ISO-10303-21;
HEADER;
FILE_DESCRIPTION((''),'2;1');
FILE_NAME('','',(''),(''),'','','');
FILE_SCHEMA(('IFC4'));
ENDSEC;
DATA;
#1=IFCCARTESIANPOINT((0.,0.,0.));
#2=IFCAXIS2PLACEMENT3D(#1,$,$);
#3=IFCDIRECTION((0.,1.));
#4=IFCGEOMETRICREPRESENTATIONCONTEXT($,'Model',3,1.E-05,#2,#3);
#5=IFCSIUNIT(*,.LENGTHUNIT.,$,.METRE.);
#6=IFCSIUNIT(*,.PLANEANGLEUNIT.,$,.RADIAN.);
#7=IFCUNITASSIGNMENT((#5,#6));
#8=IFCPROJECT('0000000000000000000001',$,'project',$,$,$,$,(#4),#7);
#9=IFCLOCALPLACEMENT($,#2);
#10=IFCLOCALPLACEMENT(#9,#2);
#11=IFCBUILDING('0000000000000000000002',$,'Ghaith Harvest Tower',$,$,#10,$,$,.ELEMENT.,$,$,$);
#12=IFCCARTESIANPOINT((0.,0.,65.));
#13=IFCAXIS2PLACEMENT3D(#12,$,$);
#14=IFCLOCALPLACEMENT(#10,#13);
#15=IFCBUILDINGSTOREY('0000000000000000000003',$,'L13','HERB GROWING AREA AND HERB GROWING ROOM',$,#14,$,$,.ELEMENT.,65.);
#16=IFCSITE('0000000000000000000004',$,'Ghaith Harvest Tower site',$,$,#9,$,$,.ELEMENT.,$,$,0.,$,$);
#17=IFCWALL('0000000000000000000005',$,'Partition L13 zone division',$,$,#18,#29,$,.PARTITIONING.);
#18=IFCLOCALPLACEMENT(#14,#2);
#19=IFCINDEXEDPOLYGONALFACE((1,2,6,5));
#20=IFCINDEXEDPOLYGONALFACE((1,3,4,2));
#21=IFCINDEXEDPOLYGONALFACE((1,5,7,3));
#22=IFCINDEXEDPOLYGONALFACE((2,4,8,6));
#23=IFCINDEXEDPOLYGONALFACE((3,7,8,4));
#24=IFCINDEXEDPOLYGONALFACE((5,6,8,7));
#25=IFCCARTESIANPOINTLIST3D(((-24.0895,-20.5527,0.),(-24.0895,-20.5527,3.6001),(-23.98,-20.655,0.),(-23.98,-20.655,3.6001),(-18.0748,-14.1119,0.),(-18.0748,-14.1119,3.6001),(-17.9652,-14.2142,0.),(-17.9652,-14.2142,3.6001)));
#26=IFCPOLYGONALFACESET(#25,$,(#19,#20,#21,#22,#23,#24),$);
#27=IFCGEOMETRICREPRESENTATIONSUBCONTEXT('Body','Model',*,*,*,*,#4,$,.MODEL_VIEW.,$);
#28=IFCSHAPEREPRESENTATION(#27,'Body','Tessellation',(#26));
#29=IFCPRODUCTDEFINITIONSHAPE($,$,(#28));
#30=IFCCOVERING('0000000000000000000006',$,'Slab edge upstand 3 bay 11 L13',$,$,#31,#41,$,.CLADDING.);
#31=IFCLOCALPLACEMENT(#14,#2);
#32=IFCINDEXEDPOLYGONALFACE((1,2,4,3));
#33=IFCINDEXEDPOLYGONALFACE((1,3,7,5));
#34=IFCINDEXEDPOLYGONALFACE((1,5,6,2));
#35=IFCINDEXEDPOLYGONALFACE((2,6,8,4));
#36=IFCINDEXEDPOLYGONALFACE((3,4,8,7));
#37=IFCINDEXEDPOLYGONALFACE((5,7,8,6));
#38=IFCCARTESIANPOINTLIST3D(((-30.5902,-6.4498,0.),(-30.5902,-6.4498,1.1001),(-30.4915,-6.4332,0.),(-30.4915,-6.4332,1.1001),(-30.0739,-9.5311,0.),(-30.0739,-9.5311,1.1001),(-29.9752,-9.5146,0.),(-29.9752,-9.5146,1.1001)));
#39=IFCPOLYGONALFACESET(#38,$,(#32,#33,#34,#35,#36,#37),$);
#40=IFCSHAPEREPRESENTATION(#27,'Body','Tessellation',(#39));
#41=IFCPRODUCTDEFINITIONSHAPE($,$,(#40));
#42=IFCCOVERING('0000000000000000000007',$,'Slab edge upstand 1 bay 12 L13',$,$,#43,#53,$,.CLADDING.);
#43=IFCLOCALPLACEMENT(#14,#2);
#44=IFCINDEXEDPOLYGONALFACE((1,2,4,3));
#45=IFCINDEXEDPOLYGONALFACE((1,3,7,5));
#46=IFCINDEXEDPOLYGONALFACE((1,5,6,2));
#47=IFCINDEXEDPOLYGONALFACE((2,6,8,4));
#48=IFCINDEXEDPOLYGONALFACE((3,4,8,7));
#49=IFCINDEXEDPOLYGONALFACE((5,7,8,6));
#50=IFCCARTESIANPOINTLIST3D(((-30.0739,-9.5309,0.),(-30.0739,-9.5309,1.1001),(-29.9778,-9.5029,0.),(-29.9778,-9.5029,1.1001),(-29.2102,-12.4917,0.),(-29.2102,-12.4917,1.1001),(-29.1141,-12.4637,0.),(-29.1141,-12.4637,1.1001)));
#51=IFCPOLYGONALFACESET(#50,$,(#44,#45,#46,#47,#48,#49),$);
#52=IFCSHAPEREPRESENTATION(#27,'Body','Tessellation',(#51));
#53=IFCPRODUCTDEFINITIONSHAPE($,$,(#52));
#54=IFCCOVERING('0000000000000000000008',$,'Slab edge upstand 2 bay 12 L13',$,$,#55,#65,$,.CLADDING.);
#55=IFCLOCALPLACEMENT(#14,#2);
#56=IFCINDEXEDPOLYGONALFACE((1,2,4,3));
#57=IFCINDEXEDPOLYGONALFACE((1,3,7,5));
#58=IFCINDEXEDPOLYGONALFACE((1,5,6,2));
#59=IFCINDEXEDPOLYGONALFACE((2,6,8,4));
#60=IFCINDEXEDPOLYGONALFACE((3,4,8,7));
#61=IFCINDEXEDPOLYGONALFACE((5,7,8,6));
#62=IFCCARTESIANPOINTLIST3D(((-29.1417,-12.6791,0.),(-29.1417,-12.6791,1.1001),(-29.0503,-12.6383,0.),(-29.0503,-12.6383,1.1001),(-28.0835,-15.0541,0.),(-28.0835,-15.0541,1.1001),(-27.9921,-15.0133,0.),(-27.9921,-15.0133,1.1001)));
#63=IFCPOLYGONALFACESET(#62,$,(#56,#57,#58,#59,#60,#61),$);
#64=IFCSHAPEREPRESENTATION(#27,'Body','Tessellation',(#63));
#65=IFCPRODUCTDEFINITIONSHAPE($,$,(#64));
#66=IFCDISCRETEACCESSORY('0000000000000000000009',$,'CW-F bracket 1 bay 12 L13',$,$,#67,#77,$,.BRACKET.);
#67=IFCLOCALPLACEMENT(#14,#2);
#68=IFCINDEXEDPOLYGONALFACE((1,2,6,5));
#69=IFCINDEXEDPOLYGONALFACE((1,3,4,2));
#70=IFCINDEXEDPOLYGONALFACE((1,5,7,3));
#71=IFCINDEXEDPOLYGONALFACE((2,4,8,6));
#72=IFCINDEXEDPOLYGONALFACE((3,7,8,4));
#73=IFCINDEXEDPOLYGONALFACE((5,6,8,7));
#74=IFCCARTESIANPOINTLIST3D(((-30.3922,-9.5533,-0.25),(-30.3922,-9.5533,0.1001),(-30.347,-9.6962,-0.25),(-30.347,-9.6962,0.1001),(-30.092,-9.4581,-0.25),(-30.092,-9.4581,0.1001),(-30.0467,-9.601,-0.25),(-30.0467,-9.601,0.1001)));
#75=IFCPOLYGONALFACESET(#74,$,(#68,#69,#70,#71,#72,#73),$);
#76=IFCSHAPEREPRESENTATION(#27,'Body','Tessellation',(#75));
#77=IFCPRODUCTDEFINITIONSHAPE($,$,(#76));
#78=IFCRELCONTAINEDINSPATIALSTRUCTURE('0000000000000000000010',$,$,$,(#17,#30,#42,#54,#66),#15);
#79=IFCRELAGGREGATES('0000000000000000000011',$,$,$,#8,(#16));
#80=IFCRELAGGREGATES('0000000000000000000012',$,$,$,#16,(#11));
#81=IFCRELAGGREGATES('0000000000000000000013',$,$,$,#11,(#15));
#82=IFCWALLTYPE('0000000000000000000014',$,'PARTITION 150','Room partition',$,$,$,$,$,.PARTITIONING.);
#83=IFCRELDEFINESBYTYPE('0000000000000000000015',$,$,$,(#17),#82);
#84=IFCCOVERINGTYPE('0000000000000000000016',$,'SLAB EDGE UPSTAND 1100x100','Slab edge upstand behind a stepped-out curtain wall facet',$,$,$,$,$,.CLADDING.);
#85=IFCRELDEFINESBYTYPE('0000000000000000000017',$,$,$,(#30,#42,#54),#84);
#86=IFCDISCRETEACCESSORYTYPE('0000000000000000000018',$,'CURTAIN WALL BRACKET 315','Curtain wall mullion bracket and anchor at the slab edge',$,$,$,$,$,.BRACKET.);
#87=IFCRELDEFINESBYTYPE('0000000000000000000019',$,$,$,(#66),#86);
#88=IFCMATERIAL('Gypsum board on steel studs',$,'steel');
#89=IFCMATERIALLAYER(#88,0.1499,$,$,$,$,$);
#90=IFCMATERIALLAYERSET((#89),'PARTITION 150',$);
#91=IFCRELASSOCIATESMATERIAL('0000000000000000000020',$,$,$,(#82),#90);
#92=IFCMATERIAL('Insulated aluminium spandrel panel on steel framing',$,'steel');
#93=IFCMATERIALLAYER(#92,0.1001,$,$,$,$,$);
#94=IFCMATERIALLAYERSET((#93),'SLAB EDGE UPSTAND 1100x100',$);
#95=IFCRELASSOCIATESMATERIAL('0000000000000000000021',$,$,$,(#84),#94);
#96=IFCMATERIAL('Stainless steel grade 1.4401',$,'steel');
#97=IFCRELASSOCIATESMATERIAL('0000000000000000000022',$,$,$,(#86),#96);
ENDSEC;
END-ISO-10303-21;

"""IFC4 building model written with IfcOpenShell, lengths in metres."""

from ifc_helpers import new_model, si_unit, direction, frame, frame_2d, origin, origin_2d, place, context, subcontext, project, spatial, rectangle, extrude, material, layer, layer_set, type_object, element, save


model = new_model("IFC4")

# Units and contexts
model_context = context("Model", 3, precision=1e-05, world=origin(), true_north=direction((0.0, 1.0)))
body_context = subcontext(model_context, "Body", "Model", "MODEL_VIEW")
ifc_project = project(units=[si_unit("LENGTHUNIT", "METRE"), si_unit("PLANEANGLEUNIT", "RADIAN")], contexts=[model_context])

# Site, building, storey
site_placement = place(None, origin())
site = spatial("IfcSite", under=ifc_project, at=site_placement, Name="Ghaith Harvest Tower site", CompositionType="ELEMENT", RefElevation=0.0)
building_placement = place(site_placement, origin())
building = spatial("IfcBuilding", under=site, at=building_placement, Name="Ghaith Harvest Tower", CompositionType="ELEMENT")
storey_placement = place(building_placement, frame((0.0, 0.0, 65.0)))
storey = spatial("IfcBuildingStorey", under=building, at=storey_placement, Name="L13", Description="HERB GROWING AREA AND HERB GROWING ROOM", CompositionType="ELEMENT", Elevation=65.0)

# Shared definitions
ifc_material_1 = material(Name="Gypsum board on steel studs", Category="steel")
ifc_layer_1 = layer(ifc_material_1, 0.1499)
ifc_layer_set_1 = layer_set([ifc_layer_1], Name="PARTITION 150")
wall_type_1 = type_object("IfcWallType", Name="PARTITION 150", Description="Room partition", PredefinedType="PARTITIONING", material=ifc_layer_set_1)

# Wall
wall_1_placement = place(storey_placement, frame((-18.02, -14.1631, 0.0), z_axis=(0.0, 0.0, 1.0), x_axis=(-0.682522, -0.730865, 0.0)))
element("IfcWall", 1, at=wall_1_placement, inside=storey, type_object=wall_type_1, Name="Partition L13 zone division", PredefinedType="PARTITIONING", context=body_context, shape_type="SweptSolid", body=[
    extrude(rectangle(XDim=8.8125, YDim=0.1499, at=frame_2d((4.4062, 0.0))), origin(), (0.0, 0.0, 1.0), 3.6001),
])

# Coverings
ifc_material_2 = material(Name="Insulated aluminium spandrel panel on steel framing", Category="steel")
ifc_layer_2 = layer(ifc_material_2, 0.1001)
ifc_layer_set_2 = layer_set([ifc_layer_2], Name="SLAB EDGE UPSTAND 1100x100")
covering_type = type_object("IfcCoveringType", Name="SLAB EDGE UPSTAND 1100x100", Description="Slab edge upstand behind a stepped-out curtain wall facet", PredefinedType="CLADDING", material=ifc_layer_set_2)
covering_1_placement = place(storey_placement, frame((-30.2827, -7.9822, 0.0), z_axis=(0.0, 0.0, 1.0), x_axis=(0.165246, -0.986252, 0.0)))
element("IfcCovering", 2, at=covering_1_placement, inside=storey, type_object=covering_type, Name="Slab edge upstand 3 bay 11 L13", PredefinedType="CLADDING", context=body_context, shape_type="SweptSolid", body=[
    extrude(rectangle(XDim=3.1243, YDim=0.1001, at=origin_2d()), origin(), (0.0, 0.0, 1.0), 1.1001),
])
covering_2_placement = place(storey_placement, frame((-29.594, -10.9973, 0.0), z_axis=(0.0, 0.0, 1.0), x_axis=(0.280032, -0.959991, 0.0)))
element("IfcCovering", 3, at=covering_2_placement, inside=storey, type_object=covering_type, Name="Slab edge upstand 1 bay 12 L13", PredefinedType="CLADDING", context=body_context, shape_type="SweptSolid", body=[
    extrude(rectangle(XDim=3.0842, YDim=0.1001, at=origin_2d()), origin(), (0.0, 0.0, 1.0), 1.1001),
])
covering_3_placement = place(storey_placement, frame((-28.5669, -13.8462, 0.0), z_axis=(0.0, 0.0, 1.0), x_axis=(0.407003, -0.913427, 0.0)))
element("IfcCovering", 4, at=covering_3_placement, inside=storey, type_object=covering_type, Name="Slab edge upstand 2 bay 12 L13", PredefinedType="CLADDING", context=body_context, shape_type="SweptSolid", body=[
    extrude(rectangle(XDim=2.6001, YDim=0.1001, at=origin_2d()), origin(), (0.0, 0.0, 1.0), 1.1001),
])

# Discrete accessory
ifc_material_3 = material(Name="Stainless steel grade 1.4401", Category="steel")
discrete_accessory_type = type_object("IfcDiscreteAccessoryType", Name="CURTAIN WALL BRACKET 315", Description="Curtain wall mullion bracket and anchor at the slab edge", PredefinedType="BRACKET", material=ifc_material_3)
discrete_accessory_placement = place(storey_placement, frame((-30.2195, -9.5771, -0.25), z_axis=(0.0, 0.0, 1.0), x_axis=(-0.953273, -0.30211, 0.0)))
element("IfcDiscreteAccessory", 5, at=discrete_accessory_placement, inside=storey, type_object=discrete_accessory_type, Name="CW-F bracket 1 bay 12 L13", PredefinedType="BRACKET", context=body_context, shape_type="SweptSolid", body=[
    extrude(rectangle(XDim=0.3149, YDim=0.1499, at=origin_2d()), origin(), (0.0, 0.0, 1.0), 0.3501),
])

save(model, "model.ifc")
